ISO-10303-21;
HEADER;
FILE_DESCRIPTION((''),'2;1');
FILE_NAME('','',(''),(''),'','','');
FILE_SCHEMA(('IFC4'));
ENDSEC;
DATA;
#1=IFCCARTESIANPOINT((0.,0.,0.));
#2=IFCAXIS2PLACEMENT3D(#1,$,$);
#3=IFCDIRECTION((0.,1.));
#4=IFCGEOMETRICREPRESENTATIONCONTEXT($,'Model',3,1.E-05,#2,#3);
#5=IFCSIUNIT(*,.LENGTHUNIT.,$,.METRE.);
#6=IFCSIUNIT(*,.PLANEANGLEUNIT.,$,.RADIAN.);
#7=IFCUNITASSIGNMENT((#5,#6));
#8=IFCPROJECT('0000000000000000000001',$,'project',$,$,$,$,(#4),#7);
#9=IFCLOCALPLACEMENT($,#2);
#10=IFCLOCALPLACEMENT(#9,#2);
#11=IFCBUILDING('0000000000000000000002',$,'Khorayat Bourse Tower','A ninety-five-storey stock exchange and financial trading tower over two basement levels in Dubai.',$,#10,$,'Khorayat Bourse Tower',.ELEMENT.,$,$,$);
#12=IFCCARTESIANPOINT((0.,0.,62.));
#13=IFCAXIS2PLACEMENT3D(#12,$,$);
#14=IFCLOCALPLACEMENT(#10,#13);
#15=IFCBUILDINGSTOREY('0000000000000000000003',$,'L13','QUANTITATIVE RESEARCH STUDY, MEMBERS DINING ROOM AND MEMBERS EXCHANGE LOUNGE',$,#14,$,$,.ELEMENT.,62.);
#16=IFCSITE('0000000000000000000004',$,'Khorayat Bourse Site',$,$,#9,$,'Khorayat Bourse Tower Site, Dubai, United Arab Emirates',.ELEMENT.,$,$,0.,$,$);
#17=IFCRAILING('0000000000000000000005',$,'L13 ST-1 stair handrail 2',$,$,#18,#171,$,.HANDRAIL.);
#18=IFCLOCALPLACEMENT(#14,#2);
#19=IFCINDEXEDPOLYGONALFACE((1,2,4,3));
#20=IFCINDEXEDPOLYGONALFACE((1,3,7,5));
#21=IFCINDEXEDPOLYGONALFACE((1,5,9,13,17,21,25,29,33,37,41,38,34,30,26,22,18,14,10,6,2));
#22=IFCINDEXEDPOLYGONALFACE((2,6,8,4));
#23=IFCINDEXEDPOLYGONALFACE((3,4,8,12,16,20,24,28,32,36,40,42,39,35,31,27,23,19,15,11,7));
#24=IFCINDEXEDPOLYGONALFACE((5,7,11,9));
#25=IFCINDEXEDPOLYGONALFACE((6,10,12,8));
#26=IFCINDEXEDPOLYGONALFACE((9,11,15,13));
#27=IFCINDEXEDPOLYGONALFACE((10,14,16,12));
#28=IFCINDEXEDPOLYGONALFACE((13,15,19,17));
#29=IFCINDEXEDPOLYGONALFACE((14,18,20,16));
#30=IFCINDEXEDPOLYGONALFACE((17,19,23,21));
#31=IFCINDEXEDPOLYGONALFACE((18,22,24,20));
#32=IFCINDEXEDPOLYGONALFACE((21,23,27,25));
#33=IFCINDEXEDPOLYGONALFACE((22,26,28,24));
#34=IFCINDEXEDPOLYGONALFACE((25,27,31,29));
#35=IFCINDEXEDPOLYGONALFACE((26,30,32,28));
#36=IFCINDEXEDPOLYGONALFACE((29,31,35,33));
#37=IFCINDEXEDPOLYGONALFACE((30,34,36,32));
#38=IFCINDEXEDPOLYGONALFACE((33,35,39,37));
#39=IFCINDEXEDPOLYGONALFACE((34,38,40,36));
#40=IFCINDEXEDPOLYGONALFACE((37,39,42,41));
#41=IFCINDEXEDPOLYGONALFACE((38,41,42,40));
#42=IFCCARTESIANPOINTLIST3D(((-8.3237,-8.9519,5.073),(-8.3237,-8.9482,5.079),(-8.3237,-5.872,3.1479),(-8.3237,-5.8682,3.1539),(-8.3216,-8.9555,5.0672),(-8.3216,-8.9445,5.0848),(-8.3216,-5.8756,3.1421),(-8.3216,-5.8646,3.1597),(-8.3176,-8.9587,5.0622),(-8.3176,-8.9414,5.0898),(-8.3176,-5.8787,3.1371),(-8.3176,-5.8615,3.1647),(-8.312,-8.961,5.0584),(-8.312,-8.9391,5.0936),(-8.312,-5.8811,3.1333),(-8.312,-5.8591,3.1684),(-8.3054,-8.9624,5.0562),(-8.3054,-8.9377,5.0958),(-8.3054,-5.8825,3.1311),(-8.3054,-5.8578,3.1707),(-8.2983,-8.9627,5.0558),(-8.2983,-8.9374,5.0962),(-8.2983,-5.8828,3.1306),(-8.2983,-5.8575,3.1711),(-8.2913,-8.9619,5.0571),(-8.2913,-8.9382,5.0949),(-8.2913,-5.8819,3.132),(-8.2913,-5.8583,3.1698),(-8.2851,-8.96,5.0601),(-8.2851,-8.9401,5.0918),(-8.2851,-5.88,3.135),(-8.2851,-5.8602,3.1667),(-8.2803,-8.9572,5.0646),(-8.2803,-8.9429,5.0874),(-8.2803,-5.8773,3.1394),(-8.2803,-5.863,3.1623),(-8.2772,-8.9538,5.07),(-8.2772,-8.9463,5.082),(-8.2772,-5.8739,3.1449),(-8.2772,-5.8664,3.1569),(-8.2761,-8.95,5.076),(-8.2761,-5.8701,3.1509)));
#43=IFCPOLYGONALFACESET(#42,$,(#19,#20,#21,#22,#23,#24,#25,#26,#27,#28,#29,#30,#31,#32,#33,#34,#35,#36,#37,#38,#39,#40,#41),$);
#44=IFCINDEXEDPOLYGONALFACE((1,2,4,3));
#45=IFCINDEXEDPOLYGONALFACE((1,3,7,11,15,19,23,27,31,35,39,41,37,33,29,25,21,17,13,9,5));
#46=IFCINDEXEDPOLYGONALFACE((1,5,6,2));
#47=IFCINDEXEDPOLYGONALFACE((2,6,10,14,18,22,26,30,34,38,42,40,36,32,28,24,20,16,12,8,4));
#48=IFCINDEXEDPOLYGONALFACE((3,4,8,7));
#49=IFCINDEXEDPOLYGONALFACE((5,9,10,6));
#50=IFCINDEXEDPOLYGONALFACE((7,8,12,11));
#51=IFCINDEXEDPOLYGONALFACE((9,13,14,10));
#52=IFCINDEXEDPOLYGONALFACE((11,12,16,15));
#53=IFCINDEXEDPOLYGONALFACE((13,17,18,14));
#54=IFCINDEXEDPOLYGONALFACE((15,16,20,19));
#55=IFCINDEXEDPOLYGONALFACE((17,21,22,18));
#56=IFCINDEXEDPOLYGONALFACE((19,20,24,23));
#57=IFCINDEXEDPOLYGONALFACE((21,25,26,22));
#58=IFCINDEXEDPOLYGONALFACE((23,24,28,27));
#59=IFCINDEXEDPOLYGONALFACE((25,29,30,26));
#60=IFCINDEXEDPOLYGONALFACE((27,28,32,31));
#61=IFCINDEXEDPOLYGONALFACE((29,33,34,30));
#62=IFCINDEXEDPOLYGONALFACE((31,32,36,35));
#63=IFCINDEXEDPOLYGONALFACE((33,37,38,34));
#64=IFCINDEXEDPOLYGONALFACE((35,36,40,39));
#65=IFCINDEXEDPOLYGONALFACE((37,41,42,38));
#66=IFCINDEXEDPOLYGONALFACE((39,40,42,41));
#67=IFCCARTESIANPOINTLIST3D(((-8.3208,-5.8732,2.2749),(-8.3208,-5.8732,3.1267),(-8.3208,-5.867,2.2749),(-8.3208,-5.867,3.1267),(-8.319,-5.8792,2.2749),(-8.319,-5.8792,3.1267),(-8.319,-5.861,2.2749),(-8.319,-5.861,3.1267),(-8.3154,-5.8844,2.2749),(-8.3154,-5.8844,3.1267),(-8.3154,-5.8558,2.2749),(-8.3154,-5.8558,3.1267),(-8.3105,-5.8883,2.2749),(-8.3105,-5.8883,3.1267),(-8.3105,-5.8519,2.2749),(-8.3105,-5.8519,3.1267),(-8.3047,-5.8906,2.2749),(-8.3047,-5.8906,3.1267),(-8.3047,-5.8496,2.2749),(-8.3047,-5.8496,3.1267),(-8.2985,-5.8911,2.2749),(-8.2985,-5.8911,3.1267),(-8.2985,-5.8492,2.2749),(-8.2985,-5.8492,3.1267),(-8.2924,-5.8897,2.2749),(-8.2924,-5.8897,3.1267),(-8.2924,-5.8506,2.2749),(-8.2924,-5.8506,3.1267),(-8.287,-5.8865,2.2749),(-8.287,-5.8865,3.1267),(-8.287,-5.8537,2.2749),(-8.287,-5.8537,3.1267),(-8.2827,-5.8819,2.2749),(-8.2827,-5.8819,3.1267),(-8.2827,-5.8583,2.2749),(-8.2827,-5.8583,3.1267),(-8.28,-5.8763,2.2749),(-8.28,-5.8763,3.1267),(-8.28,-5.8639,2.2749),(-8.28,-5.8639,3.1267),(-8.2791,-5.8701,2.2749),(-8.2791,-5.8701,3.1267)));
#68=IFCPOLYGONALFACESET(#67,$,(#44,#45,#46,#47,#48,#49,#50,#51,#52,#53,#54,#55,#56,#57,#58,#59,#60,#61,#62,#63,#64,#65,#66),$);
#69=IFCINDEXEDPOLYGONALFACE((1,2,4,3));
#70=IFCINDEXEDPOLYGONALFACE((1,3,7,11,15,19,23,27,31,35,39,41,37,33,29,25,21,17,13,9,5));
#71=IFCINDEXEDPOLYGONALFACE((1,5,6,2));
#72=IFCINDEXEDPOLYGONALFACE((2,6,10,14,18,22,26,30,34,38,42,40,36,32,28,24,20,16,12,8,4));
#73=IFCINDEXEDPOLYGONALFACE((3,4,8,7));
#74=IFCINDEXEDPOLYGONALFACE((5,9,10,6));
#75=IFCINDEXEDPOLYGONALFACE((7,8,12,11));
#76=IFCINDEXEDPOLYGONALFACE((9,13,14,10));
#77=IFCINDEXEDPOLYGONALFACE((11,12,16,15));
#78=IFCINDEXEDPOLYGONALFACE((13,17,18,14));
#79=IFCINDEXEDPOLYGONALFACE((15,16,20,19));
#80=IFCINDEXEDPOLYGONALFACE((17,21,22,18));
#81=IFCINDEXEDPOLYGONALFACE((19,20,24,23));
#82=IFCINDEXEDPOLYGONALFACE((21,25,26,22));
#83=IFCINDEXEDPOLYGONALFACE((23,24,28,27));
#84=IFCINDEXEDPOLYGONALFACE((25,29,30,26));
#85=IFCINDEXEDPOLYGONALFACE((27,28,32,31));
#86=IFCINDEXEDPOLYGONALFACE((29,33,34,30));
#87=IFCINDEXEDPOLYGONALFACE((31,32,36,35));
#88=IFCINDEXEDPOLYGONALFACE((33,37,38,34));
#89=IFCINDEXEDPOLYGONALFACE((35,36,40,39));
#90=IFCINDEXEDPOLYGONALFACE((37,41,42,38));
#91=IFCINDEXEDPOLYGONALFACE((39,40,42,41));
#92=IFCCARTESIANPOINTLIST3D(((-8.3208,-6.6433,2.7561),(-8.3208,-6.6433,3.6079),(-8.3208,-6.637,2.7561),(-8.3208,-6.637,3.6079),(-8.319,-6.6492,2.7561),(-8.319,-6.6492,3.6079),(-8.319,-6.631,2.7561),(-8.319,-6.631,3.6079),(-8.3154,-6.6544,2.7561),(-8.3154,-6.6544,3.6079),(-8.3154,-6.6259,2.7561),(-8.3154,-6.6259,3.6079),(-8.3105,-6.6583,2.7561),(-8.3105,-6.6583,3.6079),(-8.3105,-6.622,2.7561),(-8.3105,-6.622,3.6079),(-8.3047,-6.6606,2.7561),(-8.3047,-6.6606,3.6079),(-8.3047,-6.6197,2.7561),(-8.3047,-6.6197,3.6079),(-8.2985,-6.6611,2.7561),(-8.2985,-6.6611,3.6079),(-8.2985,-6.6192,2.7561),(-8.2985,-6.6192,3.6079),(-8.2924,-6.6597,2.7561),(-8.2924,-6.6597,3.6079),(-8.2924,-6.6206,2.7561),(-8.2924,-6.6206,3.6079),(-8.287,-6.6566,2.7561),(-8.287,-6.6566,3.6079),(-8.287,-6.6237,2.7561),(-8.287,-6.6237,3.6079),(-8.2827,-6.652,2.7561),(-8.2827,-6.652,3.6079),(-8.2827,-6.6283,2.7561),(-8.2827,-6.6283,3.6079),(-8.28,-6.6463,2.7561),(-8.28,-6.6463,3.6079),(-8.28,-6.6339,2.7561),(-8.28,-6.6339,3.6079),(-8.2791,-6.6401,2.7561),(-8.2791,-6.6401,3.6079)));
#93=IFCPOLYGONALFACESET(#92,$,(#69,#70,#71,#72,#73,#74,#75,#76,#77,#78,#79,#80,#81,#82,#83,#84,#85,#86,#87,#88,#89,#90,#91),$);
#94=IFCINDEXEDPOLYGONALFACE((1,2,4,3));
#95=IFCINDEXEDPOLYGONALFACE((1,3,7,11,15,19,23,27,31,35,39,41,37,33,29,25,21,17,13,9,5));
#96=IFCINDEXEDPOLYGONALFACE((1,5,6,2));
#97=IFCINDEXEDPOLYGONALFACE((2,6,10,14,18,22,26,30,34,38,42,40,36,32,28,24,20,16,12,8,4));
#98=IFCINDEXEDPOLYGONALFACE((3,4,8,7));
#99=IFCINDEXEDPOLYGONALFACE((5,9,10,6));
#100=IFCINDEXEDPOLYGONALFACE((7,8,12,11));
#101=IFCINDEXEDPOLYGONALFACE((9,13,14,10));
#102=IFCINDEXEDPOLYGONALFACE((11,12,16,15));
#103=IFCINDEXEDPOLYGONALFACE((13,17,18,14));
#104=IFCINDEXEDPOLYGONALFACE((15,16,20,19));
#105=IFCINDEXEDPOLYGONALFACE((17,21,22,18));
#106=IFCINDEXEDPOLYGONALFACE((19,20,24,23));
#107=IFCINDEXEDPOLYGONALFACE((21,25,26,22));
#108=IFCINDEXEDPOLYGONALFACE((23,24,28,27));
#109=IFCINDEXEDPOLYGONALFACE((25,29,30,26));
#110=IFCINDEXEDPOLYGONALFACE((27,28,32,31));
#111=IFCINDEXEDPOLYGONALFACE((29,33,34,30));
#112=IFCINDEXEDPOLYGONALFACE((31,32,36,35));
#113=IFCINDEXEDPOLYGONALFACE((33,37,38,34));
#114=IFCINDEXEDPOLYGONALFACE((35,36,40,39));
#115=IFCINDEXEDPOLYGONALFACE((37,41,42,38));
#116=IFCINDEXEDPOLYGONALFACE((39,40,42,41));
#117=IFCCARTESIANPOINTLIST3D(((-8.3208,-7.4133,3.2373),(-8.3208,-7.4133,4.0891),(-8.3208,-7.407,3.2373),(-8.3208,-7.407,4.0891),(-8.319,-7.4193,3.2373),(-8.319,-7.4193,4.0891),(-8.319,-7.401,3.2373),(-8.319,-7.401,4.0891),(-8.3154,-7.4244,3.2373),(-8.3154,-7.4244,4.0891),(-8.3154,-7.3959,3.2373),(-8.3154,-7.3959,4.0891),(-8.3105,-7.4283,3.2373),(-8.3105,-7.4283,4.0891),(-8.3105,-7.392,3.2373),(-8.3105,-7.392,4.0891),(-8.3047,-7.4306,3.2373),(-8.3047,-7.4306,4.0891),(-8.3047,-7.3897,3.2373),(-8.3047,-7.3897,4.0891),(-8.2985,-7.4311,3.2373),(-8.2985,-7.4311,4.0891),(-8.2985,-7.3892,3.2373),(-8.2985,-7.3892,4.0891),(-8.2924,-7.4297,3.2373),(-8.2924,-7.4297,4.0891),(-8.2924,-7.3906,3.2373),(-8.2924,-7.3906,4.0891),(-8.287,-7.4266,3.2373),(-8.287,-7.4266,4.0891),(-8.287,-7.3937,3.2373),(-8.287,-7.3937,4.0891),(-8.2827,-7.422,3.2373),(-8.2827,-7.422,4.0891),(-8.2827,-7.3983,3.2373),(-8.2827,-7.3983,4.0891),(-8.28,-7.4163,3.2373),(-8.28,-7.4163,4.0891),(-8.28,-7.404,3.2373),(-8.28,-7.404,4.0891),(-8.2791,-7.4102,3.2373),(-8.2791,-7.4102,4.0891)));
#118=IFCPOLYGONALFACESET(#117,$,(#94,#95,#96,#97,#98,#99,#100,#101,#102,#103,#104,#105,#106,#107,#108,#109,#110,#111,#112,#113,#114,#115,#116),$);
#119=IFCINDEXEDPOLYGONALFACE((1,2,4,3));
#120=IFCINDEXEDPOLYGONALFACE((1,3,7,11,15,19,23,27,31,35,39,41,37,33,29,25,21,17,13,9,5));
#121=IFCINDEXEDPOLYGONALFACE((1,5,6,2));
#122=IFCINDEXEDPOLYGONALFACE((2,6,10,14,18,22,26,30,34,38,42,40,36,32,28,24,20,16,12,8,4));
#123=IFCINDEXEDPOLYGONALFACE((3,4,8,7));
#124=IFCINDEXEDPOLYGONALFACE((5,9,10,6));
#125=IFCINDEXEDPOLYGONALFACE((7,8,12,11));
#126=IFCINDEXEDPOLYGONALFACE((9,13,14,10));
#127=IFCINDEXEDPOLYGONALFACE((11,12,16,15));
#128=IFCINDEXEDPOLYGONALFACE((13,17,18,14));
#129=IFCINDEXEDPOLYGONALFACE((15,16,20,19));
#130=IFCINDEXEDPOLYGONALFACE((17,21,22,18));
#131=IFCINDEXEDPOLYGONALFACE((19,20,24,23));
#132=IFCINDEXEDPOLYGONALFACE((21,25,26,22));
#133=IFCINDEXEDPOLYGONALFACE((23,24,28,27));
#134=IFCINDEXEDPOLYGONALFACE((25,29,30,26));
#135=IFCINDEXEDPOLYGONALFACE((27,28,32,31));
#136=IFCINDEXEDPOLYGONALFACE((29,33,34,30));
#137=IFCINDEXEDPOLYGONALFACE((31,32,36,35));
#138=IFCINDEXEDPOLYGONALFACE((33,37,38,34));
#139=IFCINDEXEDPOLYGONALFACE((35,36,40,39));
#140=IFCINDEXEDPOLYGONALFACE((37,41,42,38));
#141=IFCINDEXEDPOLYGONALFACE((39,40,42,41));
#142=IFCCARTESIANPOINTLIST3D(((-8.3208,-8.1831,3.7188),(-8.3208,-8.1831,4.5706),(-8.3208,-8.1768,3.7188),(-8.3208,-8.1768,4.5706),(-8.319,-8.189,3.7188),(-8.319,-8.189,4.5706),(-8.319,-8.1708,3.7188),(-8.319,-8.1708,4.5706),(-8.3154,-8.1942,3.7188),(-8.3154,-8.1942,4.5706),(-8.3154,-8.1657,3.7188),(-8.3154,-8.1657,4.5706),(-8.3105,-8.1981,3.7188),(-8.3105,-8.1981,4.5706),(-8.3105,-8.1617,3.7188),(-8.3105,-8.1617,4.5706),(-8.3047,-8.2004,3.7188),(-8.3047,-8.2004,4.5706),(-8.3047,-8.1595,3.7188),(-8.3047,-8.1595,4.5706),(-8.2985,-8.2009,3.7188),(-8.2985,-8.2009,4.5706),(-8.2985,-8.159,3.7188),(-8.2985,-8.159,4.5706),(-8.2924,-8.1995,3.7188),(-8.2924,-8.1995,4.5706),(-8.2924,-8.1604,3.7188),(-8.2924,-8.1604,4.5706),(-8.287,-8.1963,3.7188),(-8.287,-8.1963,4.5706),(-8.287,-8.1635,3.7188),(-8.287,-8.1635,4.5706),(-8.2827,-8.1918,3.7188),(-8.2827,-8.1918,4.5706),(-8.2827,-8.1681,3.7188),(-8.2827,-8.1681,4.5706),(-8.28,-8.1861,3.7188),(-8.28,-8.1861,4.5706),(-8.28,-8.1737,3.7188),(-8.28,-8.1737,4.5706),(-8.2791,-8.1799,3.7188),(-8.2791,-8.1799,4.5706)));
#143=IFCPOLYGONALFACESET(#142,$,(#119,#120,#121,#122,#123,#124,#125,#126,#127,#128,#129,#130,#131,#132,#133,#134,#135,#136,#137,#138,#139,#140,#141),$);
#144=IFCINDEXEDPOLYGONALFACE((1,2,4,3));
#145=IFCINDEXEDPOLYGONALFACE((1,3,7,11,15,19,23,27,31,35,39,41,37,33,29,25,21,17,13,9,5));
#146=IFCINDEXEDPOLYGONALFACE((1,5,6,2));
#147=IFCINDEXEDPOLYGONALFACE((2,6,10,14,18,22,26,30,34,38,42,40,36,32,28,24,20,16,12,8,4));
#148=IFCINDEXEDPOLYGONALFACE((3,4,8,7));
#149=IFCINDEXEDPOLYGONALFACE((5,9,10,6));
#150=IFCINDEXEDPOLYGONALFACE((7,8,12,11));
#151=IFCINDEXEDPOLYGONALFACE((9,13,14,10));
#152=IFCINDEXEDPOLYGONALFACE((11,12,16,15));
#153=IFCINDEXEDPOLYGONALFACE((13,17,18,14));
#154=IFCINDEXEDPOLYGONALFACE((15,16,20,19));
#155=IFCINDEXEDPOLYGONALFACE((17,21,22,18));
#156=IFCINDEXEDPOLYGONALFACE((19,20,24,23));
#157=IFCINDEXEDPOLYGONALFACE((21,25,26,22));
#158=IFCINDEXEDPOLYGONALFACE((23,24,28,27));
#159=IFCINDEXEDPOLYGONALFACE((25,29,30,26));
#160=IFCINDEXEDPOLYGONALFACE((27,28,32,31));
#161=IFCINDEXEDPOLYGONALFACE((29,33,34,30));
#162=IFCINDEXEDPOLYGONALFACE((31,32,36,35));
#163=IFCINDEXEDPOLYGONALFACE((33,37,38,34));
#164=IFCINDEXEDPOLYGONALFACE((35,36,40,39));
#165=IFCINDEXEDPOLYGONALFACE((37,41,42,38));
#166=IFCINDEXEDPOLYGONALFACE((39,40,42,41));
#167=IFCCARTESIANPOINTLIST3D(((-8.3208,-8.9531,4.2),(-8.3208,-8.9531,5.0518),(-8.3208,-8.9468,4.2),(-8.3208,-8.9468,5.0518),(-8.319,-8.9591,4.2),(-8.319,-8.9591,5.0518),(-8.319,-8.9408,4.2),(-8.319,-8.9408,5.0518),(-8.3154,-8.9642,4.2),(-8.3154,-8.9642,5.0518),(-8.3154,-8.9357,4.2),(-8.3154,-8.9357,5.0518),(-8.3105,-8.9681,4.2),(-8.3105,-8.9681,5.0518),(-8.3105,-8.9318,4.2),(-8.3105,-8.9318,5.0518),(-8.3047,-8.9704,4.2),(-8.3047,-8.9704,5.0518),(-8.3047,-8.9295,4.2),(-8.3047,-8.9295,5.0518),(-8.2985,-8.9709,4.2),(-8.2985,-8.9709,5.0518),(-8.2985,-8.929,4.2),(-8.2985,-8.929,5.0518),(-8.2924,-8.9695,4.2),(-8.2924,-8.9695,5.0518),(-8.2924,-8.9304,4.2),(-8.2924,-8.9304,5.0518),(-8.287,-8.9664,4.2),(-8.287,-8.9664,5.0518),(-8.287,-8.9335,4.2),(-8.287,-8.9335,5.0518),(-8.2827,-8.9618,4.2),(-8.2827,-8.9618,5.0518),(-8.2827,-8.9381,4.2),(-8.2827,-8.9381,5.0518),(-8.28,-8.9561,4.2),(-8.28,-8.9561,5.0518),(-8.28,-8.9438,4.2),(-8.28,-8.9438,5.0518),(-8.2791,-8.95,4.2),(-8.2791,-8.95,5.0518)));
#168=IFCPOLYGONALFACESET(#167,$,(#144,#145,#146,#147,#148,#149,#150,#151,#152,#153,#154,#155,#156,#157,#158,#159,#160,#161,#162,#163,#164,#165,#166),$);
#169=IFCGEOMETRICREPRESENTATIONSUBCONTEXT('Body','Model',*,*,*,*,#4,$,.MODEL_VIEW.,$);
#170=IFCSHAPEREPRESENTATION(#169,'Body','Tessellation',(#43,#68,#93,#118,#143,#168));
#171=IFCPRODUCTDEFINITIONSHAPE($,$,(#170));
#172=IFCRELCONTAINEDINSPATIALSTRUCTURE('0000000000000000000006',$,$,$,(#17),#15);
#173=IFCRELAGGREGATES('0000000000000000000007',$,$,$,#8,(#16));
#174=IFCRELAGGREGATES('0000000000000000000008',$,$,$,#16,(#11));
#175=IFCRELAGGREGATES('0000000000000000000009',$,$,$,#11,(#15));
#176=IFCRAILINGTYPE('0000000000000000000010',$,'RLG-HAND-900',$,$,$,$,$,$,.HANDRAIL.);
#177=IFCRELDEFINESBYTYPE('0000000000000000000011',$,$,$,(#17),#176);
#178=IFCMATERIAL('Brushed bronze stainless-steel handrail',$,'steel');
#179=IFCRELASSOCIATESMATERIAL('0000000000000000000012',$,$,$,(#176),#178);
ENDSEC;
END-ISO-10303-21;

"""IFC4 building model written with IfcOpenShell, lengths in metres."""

from ifc_helpers import new_model, si_unit, direction, frame, origin, origin_2d, place, context, subcontext, project, spatial, circle, extrude, source, transform, mapped, material, type_object, element, save


model = new_model("IFC4")

# Units and contexts
model_context = context("Model", 3, precision=1e-05, world=origin(), true_north=direction((0.0, 1.0)))
body_context = subcontext(model_context, "Body", "Model", "MODEL_VIEW")
ifc_project = project(units=[si_unit("LENGTHUNIT", "METRE"), si_unit("PLANEANGLEUNIT", "RADIAN")], contexts=[model_context])

# Site, building, storey
site_placement = place(None, origin())
site = spatial("IfcSite", under=ifc_project, at=site_placement, Name="Khorayat Bourse Site", LongName="Khorayat Bourse Tower Site, Dubai, United Arab Emirates", CompositionType="ELEMENT", RefElevation=0.0)
building_placement = place(site_placement, origin())
building = spatial("IfcBuilding", under=site, at=building_placement, Name="Khorayat Bourse Tower", Description="A ninety-five-storey stock exchange and financial trading tower over two basement levels in Dubai.", LongName="Khorayat Bourse Tower", CompositionType="ELEMENT")
storey_placement = place(building_placement, frame((0.0, 0.0, 62.0)))
storey = spatial("IfcBuildingStorey", under=building, at=storey_placement, Name="L13", Description="QUANTITATIVE RESEARCH STUDY, MEMBERS DINING ROOM AND MEMBERS EXCHANGE LOUNGE", CompositionType="ELEMENT", Elevation=62.0)

# Railing
ifc_material_1 = material(Name="Brushed bronze stainless-steel handrail", Category="steel")
railing_type_1 = type_object("IfcRailingType", Name="RLG-HAND-900", PredefinedType="HANDRAIL", material=ifc_material_1)
shared_shape_1 = source(origin(), body_context, "Body", "SweptSolid", [
    extrude(circle(Radius=0.0239, at=origin_2d()), frame((0.0, 0.0, 0.876), z_axis=(0.0, -0.847979, 0.530029), x_axis=(1.0, 0.0, 0.0)), (0.0, 0.0, 1.0), 3.6321),
    extrude(circle(Radius=0.021, at=origin_2d()), origin(), (0.0, 0.0, 1.0), 0.8518),
    extrude(circle(Radius=0.021, at=origin_2d()), frame((0.0, -0.77, 0.4812)), (0.0, 0.0, 1.0), 0.8518),
    extrude(circle(Radius=0.021, at=origin_2d()), frame((0.0, -1.54, 0.9624)), (0.0, 0.0, 1.0), 0.8518),
    extrude(circle(Radius=0.021, at=origin_2d()), frame((0.0, -2.3098, 1.4438)), (0.0, 0.0, 1.0), 0.8518),
    extrude(circle(Radius=0.021, at=origin_2d()), frame((0.0, -3.0798, 1.925)), (0.0, 0.0, 1.0), 0.8518),
])
railing_1_placement = place(storey_placement, frame((-8.3, -5.8701, 2.2749)))
element("IfcRailing", 1, at=railing_1_placement, inside=storey, type_object=railing_type_1, Name="L13 ST-1 stair handrail 2", PredefinedType="HANDRAIL", context=body_context, shape_type="MappedRepresentation", body=[
    mapped(shared_shape_1, transform((0.0, 0.0, 0.0), scale=1.0)),
])

save(model, "model.ifc")
